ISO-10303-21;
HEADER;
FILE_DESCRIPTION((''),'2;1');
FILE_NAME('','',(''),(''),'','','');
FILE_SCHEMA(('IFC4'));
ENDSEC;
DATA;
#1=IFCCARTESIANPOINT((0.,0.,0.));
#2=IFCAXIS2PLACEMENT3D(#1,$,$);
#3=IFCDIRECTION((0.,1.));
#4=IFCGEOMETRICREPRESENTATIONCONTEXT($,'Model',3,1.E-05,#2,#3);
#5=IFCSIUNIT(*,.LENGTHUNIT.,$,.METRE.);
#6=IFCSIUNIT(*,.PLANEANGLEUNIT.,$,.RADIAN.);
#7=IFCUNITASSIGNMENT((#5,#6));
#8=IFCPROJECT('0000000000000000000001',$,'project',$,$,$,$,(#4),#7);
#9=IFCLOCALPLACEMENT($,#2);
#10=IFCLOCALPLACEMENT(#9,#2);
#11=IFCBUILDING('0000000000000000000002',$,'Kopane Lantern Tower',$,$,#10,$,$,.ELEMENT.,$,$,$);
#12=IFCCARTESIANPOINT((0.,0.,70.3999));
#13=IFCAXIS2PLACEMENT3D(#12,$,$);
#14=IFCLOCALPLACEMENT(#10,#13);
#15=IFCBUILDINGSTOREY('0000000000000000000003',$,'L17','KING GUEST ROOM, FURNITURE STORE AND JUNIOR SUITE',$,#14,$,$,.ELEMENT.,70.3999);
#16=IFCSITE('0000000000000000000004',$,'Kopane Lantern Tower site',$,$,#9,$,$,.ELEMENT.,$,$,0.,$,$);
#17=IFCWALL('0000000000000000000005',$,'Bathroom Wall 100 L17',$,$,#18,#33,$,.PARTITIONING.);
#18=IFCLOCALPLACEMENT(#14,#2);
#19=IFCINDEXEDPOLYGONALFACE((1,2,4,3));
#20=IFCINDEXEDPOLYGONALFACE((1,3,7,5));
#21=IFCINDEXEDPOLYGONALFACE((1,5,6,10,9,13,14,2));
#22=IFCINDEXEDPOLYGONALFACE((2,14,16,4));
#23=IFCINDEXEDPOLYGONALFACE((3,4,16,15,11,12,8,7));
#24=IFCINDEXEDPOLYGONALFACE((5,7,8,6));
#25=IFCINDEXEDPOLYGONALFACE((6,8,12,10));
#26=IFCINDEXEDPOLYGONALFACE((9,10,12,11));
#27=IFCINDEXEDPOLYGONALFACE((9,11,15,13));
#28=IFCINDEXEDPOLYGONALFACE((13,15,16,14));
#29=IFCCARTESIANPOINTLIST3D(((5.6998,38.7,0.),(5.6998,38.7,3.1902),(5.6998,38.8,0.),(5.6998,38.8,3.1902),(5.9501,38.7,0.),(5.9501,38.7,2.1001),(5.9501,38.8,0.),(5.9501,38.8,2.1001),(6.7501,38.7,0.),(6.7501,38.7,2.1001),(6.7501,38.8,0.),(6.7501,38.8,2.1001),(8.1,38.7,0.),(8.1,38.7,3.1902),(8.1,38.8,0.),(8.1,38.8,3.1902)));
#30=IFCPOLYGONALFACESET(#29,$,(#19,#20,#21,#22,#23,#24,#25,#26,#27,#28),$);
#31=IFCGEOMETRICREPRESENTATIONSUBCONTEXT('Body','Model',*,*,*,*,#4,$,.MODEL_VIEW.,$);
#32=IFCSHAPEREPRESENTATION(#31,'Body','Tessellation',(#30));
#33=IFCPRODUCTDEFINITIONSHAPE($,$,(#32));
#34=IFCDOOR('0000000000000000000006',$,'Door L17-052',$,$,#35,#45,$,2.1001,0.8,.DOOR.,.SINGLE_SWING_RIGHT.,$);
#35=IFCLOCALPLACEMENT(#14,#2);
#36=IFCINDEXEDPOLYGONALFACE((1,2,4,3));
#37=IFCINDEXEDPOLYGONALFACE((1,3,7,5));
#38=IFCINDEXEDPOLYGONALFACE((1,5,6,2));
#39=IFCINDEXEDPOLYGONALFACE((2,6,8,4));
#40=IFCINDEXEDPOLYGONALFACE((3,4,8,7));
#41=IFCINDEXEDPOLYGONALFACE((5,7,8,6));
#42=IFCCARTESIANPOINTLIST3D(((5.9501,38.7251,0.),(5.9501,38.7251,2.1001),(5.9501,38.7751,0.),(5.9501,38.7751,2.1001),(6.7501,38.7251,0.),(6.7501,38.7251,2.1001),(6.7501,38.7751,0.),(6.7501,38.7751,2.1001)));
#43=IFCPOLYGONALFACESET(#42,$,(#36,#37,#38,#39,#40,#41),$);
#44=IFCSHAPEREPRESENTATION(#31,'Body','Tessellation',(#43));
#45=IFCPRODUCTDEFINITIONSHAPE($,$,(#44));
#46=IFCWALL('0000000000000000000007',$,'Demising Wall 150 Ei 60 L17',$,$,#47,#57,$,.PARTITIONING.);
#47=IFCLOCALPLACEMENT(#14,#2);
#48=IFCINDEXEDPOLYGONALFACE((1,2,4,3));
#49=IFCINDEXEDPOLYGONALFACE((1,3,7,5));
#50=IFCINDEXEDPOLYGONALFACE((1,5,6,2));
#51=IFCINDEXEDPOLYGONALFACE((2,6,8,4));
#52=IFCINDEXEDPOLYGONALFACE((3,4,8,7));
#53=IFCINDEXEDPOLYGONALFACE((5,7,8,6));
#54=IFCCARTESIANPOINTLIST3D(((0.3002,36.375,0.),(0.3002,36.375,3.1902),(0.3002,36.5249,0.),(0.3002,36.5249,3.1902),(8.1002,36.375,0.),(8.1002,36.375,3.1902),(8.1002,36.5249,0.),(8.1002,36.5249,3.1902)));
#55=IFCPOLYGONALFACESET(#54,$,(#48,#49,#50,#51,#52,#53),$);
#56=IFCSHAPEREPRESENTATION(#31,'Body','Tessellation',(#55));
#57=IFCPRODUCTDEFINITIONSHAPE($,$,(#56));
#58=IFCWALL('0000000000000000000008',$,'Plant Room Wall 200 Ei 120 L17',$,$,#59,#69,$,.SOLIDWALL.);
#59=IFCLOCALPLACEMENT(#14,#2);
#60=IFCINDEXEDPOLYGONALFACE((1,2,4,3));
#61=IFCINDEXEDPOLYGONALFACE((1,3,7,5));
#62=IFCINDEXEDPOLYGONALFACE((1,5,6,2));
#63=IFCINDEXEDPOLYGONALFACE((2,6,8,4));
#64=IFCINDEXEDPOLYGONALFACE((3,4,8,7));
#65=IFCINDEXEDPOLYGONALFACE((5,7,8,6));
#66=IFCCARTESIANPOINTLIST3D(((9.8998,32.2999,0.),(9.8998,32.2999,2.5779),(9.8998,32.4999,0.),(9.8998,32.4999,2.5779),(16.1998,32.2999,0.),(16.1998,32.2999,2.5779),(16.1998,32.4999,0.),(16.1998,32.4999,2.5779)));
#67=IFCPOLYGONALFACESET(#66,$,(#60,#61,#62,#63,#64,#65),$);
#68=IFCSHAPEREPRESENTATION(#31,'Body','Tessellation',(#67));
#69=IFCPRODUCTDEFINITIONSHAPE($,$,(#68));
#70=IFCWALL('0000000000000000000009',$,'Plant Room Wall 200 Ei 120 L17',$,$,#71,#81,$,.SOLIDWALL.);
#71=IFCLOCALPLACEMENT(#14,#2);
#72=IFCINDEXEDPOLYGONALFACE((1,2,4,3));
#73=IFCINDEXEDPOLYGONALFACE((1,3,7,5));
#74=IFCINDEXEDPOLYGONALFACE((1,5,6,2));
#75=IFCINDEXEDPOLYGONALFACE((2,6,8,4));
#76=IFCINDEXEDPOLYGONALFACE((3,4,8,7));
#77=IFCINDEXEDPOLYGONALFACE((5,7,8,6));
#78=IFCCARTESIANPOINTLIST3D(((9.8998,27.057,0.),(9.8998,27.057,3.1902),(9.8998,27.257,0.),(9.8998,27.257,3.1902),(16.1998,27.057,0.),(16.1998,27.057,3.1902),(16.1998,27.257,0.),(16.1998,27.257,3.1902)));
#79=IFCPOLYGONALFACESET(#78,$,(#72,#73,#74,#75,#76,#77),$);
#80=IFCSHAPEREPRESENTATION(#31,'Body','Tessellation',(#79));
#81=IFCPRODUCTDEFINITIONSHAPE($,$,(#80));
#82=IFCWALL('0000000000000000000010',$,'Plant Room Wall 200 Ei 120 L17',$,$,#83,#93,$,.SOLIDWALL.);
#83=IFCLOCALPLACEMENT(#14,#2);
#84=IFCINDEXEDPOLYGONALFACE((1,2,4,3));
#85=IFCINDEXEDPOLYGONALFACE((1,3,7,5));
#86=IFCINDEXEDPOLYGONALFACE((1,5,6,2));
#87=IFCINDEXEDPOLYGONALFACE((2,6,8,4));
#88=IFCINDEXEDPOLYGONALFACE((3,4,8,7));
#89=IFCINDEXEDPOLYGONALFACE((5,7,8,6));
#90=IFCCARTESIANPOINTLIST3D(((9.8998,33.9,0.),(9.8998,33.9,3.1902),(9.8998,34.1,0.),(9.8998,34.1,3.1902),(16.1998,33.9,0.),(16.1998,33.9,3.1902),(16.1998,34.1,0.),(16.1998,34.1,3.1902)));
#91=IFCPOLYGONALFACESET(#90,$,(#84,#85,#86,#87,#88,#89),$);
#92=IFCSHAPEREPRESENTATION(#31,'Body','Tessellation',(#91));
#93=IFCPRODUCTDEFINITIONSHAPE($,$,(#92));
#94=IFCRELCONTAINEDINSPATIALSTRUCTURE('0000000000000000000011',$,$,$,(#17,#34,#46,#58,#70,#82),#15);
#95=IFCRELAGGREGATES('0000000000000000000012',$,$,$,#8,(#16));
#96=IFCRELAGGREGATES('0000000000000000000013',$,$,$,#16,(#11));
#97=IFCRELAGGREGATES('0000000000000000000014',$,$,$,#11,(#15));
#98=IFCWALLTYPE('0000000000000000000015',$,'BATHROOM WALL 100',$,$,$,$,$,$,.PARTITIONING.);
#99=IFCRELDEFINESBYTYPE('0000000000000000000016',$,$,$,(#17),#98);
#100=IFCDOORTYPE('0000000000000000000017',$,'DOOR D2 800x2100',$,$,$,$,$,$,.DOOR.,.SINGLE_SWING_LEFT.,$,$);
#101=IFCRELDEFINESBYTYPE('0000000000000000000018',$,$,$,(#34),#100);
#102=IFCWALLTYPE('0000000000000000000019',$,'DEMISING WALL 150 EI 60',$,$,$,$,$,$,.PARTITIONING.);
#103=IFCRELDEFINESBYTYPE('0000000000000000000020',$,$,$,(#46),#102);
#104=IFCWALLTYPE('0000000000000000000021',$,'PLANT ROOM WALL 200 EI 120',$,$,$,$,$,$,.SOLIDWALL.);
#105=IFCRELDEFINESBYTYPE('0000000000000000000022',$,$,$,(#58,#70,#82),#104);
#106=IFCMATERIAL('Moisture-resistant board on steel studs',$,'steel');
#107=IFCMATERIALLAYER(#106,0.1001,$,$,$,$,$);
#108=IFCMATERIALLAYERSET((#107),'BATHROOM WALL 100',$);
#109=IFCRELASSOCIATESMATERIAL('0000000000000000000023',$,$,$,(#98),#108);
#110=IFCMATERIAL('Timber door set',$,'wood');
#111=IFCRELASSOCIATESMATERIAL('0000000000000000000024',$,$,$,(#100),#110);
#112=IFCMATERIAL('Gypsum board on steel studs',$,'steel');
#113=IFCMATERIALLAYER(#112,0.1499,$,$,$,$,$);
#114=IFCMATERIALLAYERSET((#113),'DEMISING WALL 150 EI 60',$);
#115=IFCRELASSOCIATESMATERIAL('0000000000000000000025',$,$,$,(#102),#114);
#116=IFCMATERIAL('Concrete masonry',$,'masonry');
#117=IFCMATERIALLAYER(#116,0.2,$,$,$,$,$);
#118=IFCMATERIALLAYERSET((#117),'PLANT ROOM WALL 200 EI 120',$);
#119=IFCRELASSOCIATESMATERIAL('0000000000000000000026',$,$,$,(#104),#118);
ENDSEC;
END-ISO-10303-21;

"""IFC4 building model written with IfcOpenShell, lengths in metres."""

from ifc_helpers import new_model, si_unit, direction, frame, frame_2d, origin, place, context, subcontext, project, spatial, rectangle, extrude, material, layer, layer_set, type_object, element, fill, save


model = new_model("IFC4")

# Units and contexts
model_context = context("Model", 3, precision=1e-05, world=origin(), true_north=direction((0.0, 1.0)))
body_context = subcontext(model_context, "Body", "Model", "MODEL_VIEW")
ifc_project = project(units=[si_unit("LENGTHUNIT", "METRE"), si_unit("PLANEANGLEUNIT", "RADIAN")], contexts=[model_context])

# Site, building, storey
site_placement = place(None, origin())
site = spatial("IfcSite", under=ifc_project, at=site_placement, Name="Kopane Lantern Tower site", CompositionType="ELEMENT", RefElevation=0.0)
building_placement = place(site_placement, origin())
building = spatial("IfcBuilding", under=site, at=building_placement, Name="Kopane Lantern Tower", CompositionType="ELEMENT")
storey_placement = place(building_placement, frame((0.0, 0.0, 70.3999)))
storey = spatial("IfcBuildingStorey", under=building, at=storey_placement, Name="L17", Description="KING GUEST ROOM, FURNITURE STORE AND JUNIOR SUITE", CompositionType="ELEMENT", Elevation=70.3999)

# Shared definitions
ifc_material_1 = material(Name="Moisture-resistant board on steel studs", Category="steel")
ifc_layer_1 = layer(ifc_material_1, 0.1001)
ifc_layer_set_1 = layer_set([ifc_layer_1], Name="BATHROOM WALL 100")
wall_type_1 = type_object("IfcWallType", Name="BATHROOM WALL 100", PredefinedType="PARTITIONING", material=ifc_layer_set_1)

# Wall, opening, door
wall_1_placement = place(storey_placement, frame((8.1001, 38.75, 0.0), z_axis=(0.0, 0.0, 1.0), x_axis=(-1.0, 0.0, 0.0)))
wall_1 = element("IfcWall", 1, at=wall_1_placement, inside=storey, type_object=wall_type_1, Name="Bathroom Wall 100 L17", PredefinedType="PARTITIONING", context=body_context, shape_type="SweptSolid", body=[
    extrude(rectangle(XDim=2.4001, YDim=0.1001, at=frame_2d((1.2002, 0.0))), origin(), (0.0, 0.0, 1.0), 3.1902),
])
opening_placement = place(wall_1_placement, frame((1.3501, 0.0, 0.0)))
opening = element("IfcOpeningElement", 2, at=opening_placement, cuts=wall_1, PredefinedType="OPENING", context=body_context, shape_type="SweptSolid", body=[
    extrude(rectangle(XDim=0.8, YDim=2.1001, at=frame_2d((0.3999, 1.05))), frame((0.0, 0.0601, 0.0), z_axis=(0.0, -1.0, 0.0), x_axis=(1.0, 0.0, 0.0)), (0.0, 0.0, 1.0), 0.1201),
])
ifc_material_2 = material(Name="Timber door set", Category="wood")
door_type = type_object("IfcDoorType", Name="DOOR D2 800x2100", OperationType="SINGLE_SWING_LEFT", PredefinedType="DOOR", material=ifc_material_2)
door_placement = place(opening_placement, origin())
door = element("IfcDoor", 3, at=door_placement, inside=storey, type_object=door_type, Name="Door L17-052", OperationType="SINGLE_SWING_RIGHT", OverallHeight=2.1001, OverallWidth=0.8, PredefinedType="DOOR", context=body_context, shape_type="SweptSolid", body=[
    extrude(rectangle(XDim=0.8, YDim=2.1001, at=frame_2d((0.3999, 1.05))), frame((0.0, 0.0249, 0.0), z_axis=(0.0, -1.0, 0.0), x_axis=(1.0, 0.0, 0.0)), (0.0, 0.0, 1.0), 0.05),
])
fill(opening, door)

# Walls
ifc_material_3 = material(Name="Gypsum board on steel studs", Category="steel")
ifc_layer_2 = layer(ifc_material_3, 0.1499)
ifc_layer_set_2 = layer_set([ifc_layer_2], Name="DEMISING WALL 150 EI 60")
wall_type_2 = type_object("IfcWallType", Name="DEMISING WALL 150 EI 60", PredefinedType="PARTITIONING", material=ifc_layer_set_2)
wall_2_placement = place(storey_placement, frame((8.1001, 36.45, 0.0), z_axis=(0.0, 0.0, 1.0), x_axis=(-1.0, 0.0, 0.0)))
element("IfcWall", 4, at=wall_2_placement, inside=storey, type_object=wall_type_2, Name="Demising Wall 150 Ei 60 L17", PredefinedType="PARTITIONING", context=body_context, shape_type="SweptSolid", body=[
    extrude(rectangle(XDim=7.8, YDim=0.1499, at=frame_2d((3.8999, 0.0))), origin(), (0.0, 0.0, 1.0), 3.1902),
])
ifc_material_4 = material(Name="Concrete masonry", Category="masonry")
ifc_layer_3 = layer(ifc_material_4, 0.2)
ifc_layer_set_3 = layer_set([ifc_layer_3], Name="PLANT ROOM WALL 200 EI 120")
wall_type_3 = type_object("IfcWallType", Name="PLANT ROOM WALL 200 EI 120", PredefinedType="SOLIDWALL", material=ifc_layer_set_3)
wall_3_placement = place(storey_placement, frame((9.8999, 32.3999, 0.0), z_axis=(0.0, 0.0, 1.0), x_axis=(1.0, 0.0, 0.0)))
element("IfcWall", 5, at=wall_3_placement, inside=storey, type_object=wall_type_3, Name="Plant Room Wall 200 Ei 120 L17", PredefinedType="SOLIDWALL", context=body_context, shape_type="SweptSolid", body=[
    extrude(rectangle(XDim=6.3, YDim=0.2, at=frame_2d((3.1499, 0.0))), origin(), (0.0, 0.0, 1.0), 2.5779),
])
for number, where, z_axis, x_axis, name in (
    (6, (9.8999, 27.157, 0.0), (0.0, 0.0, 1.0), (1.0, 0.0, 0.0), "Plant Room Wall 200 Ei 120 L17"),
    (7, (9.8999, 34.0, 0.0), (0.0, 0.0, 1.0), (1.0, 0.0, 0.0), "Plant Room Wall 200 Ei 120 L17"),
):
    element("IfcWall", number, at=place(storey_placement, frame(where, z_axis=z_axis, x_axis=x_axis)), inside=storey, type_object=wall_type_3, Name=name, PredefinedType="SOLIDWALL", context=body_context, shape_type="SweptSolid", body=[
        extrude(rectangle(XDim=6.3, YDim=0.2, at=frame_2d((3.1499, 0.0))), origin(), (0.0, 0.0, 1.0), 3.1902),
    ])

save(model, "model.ifc")
